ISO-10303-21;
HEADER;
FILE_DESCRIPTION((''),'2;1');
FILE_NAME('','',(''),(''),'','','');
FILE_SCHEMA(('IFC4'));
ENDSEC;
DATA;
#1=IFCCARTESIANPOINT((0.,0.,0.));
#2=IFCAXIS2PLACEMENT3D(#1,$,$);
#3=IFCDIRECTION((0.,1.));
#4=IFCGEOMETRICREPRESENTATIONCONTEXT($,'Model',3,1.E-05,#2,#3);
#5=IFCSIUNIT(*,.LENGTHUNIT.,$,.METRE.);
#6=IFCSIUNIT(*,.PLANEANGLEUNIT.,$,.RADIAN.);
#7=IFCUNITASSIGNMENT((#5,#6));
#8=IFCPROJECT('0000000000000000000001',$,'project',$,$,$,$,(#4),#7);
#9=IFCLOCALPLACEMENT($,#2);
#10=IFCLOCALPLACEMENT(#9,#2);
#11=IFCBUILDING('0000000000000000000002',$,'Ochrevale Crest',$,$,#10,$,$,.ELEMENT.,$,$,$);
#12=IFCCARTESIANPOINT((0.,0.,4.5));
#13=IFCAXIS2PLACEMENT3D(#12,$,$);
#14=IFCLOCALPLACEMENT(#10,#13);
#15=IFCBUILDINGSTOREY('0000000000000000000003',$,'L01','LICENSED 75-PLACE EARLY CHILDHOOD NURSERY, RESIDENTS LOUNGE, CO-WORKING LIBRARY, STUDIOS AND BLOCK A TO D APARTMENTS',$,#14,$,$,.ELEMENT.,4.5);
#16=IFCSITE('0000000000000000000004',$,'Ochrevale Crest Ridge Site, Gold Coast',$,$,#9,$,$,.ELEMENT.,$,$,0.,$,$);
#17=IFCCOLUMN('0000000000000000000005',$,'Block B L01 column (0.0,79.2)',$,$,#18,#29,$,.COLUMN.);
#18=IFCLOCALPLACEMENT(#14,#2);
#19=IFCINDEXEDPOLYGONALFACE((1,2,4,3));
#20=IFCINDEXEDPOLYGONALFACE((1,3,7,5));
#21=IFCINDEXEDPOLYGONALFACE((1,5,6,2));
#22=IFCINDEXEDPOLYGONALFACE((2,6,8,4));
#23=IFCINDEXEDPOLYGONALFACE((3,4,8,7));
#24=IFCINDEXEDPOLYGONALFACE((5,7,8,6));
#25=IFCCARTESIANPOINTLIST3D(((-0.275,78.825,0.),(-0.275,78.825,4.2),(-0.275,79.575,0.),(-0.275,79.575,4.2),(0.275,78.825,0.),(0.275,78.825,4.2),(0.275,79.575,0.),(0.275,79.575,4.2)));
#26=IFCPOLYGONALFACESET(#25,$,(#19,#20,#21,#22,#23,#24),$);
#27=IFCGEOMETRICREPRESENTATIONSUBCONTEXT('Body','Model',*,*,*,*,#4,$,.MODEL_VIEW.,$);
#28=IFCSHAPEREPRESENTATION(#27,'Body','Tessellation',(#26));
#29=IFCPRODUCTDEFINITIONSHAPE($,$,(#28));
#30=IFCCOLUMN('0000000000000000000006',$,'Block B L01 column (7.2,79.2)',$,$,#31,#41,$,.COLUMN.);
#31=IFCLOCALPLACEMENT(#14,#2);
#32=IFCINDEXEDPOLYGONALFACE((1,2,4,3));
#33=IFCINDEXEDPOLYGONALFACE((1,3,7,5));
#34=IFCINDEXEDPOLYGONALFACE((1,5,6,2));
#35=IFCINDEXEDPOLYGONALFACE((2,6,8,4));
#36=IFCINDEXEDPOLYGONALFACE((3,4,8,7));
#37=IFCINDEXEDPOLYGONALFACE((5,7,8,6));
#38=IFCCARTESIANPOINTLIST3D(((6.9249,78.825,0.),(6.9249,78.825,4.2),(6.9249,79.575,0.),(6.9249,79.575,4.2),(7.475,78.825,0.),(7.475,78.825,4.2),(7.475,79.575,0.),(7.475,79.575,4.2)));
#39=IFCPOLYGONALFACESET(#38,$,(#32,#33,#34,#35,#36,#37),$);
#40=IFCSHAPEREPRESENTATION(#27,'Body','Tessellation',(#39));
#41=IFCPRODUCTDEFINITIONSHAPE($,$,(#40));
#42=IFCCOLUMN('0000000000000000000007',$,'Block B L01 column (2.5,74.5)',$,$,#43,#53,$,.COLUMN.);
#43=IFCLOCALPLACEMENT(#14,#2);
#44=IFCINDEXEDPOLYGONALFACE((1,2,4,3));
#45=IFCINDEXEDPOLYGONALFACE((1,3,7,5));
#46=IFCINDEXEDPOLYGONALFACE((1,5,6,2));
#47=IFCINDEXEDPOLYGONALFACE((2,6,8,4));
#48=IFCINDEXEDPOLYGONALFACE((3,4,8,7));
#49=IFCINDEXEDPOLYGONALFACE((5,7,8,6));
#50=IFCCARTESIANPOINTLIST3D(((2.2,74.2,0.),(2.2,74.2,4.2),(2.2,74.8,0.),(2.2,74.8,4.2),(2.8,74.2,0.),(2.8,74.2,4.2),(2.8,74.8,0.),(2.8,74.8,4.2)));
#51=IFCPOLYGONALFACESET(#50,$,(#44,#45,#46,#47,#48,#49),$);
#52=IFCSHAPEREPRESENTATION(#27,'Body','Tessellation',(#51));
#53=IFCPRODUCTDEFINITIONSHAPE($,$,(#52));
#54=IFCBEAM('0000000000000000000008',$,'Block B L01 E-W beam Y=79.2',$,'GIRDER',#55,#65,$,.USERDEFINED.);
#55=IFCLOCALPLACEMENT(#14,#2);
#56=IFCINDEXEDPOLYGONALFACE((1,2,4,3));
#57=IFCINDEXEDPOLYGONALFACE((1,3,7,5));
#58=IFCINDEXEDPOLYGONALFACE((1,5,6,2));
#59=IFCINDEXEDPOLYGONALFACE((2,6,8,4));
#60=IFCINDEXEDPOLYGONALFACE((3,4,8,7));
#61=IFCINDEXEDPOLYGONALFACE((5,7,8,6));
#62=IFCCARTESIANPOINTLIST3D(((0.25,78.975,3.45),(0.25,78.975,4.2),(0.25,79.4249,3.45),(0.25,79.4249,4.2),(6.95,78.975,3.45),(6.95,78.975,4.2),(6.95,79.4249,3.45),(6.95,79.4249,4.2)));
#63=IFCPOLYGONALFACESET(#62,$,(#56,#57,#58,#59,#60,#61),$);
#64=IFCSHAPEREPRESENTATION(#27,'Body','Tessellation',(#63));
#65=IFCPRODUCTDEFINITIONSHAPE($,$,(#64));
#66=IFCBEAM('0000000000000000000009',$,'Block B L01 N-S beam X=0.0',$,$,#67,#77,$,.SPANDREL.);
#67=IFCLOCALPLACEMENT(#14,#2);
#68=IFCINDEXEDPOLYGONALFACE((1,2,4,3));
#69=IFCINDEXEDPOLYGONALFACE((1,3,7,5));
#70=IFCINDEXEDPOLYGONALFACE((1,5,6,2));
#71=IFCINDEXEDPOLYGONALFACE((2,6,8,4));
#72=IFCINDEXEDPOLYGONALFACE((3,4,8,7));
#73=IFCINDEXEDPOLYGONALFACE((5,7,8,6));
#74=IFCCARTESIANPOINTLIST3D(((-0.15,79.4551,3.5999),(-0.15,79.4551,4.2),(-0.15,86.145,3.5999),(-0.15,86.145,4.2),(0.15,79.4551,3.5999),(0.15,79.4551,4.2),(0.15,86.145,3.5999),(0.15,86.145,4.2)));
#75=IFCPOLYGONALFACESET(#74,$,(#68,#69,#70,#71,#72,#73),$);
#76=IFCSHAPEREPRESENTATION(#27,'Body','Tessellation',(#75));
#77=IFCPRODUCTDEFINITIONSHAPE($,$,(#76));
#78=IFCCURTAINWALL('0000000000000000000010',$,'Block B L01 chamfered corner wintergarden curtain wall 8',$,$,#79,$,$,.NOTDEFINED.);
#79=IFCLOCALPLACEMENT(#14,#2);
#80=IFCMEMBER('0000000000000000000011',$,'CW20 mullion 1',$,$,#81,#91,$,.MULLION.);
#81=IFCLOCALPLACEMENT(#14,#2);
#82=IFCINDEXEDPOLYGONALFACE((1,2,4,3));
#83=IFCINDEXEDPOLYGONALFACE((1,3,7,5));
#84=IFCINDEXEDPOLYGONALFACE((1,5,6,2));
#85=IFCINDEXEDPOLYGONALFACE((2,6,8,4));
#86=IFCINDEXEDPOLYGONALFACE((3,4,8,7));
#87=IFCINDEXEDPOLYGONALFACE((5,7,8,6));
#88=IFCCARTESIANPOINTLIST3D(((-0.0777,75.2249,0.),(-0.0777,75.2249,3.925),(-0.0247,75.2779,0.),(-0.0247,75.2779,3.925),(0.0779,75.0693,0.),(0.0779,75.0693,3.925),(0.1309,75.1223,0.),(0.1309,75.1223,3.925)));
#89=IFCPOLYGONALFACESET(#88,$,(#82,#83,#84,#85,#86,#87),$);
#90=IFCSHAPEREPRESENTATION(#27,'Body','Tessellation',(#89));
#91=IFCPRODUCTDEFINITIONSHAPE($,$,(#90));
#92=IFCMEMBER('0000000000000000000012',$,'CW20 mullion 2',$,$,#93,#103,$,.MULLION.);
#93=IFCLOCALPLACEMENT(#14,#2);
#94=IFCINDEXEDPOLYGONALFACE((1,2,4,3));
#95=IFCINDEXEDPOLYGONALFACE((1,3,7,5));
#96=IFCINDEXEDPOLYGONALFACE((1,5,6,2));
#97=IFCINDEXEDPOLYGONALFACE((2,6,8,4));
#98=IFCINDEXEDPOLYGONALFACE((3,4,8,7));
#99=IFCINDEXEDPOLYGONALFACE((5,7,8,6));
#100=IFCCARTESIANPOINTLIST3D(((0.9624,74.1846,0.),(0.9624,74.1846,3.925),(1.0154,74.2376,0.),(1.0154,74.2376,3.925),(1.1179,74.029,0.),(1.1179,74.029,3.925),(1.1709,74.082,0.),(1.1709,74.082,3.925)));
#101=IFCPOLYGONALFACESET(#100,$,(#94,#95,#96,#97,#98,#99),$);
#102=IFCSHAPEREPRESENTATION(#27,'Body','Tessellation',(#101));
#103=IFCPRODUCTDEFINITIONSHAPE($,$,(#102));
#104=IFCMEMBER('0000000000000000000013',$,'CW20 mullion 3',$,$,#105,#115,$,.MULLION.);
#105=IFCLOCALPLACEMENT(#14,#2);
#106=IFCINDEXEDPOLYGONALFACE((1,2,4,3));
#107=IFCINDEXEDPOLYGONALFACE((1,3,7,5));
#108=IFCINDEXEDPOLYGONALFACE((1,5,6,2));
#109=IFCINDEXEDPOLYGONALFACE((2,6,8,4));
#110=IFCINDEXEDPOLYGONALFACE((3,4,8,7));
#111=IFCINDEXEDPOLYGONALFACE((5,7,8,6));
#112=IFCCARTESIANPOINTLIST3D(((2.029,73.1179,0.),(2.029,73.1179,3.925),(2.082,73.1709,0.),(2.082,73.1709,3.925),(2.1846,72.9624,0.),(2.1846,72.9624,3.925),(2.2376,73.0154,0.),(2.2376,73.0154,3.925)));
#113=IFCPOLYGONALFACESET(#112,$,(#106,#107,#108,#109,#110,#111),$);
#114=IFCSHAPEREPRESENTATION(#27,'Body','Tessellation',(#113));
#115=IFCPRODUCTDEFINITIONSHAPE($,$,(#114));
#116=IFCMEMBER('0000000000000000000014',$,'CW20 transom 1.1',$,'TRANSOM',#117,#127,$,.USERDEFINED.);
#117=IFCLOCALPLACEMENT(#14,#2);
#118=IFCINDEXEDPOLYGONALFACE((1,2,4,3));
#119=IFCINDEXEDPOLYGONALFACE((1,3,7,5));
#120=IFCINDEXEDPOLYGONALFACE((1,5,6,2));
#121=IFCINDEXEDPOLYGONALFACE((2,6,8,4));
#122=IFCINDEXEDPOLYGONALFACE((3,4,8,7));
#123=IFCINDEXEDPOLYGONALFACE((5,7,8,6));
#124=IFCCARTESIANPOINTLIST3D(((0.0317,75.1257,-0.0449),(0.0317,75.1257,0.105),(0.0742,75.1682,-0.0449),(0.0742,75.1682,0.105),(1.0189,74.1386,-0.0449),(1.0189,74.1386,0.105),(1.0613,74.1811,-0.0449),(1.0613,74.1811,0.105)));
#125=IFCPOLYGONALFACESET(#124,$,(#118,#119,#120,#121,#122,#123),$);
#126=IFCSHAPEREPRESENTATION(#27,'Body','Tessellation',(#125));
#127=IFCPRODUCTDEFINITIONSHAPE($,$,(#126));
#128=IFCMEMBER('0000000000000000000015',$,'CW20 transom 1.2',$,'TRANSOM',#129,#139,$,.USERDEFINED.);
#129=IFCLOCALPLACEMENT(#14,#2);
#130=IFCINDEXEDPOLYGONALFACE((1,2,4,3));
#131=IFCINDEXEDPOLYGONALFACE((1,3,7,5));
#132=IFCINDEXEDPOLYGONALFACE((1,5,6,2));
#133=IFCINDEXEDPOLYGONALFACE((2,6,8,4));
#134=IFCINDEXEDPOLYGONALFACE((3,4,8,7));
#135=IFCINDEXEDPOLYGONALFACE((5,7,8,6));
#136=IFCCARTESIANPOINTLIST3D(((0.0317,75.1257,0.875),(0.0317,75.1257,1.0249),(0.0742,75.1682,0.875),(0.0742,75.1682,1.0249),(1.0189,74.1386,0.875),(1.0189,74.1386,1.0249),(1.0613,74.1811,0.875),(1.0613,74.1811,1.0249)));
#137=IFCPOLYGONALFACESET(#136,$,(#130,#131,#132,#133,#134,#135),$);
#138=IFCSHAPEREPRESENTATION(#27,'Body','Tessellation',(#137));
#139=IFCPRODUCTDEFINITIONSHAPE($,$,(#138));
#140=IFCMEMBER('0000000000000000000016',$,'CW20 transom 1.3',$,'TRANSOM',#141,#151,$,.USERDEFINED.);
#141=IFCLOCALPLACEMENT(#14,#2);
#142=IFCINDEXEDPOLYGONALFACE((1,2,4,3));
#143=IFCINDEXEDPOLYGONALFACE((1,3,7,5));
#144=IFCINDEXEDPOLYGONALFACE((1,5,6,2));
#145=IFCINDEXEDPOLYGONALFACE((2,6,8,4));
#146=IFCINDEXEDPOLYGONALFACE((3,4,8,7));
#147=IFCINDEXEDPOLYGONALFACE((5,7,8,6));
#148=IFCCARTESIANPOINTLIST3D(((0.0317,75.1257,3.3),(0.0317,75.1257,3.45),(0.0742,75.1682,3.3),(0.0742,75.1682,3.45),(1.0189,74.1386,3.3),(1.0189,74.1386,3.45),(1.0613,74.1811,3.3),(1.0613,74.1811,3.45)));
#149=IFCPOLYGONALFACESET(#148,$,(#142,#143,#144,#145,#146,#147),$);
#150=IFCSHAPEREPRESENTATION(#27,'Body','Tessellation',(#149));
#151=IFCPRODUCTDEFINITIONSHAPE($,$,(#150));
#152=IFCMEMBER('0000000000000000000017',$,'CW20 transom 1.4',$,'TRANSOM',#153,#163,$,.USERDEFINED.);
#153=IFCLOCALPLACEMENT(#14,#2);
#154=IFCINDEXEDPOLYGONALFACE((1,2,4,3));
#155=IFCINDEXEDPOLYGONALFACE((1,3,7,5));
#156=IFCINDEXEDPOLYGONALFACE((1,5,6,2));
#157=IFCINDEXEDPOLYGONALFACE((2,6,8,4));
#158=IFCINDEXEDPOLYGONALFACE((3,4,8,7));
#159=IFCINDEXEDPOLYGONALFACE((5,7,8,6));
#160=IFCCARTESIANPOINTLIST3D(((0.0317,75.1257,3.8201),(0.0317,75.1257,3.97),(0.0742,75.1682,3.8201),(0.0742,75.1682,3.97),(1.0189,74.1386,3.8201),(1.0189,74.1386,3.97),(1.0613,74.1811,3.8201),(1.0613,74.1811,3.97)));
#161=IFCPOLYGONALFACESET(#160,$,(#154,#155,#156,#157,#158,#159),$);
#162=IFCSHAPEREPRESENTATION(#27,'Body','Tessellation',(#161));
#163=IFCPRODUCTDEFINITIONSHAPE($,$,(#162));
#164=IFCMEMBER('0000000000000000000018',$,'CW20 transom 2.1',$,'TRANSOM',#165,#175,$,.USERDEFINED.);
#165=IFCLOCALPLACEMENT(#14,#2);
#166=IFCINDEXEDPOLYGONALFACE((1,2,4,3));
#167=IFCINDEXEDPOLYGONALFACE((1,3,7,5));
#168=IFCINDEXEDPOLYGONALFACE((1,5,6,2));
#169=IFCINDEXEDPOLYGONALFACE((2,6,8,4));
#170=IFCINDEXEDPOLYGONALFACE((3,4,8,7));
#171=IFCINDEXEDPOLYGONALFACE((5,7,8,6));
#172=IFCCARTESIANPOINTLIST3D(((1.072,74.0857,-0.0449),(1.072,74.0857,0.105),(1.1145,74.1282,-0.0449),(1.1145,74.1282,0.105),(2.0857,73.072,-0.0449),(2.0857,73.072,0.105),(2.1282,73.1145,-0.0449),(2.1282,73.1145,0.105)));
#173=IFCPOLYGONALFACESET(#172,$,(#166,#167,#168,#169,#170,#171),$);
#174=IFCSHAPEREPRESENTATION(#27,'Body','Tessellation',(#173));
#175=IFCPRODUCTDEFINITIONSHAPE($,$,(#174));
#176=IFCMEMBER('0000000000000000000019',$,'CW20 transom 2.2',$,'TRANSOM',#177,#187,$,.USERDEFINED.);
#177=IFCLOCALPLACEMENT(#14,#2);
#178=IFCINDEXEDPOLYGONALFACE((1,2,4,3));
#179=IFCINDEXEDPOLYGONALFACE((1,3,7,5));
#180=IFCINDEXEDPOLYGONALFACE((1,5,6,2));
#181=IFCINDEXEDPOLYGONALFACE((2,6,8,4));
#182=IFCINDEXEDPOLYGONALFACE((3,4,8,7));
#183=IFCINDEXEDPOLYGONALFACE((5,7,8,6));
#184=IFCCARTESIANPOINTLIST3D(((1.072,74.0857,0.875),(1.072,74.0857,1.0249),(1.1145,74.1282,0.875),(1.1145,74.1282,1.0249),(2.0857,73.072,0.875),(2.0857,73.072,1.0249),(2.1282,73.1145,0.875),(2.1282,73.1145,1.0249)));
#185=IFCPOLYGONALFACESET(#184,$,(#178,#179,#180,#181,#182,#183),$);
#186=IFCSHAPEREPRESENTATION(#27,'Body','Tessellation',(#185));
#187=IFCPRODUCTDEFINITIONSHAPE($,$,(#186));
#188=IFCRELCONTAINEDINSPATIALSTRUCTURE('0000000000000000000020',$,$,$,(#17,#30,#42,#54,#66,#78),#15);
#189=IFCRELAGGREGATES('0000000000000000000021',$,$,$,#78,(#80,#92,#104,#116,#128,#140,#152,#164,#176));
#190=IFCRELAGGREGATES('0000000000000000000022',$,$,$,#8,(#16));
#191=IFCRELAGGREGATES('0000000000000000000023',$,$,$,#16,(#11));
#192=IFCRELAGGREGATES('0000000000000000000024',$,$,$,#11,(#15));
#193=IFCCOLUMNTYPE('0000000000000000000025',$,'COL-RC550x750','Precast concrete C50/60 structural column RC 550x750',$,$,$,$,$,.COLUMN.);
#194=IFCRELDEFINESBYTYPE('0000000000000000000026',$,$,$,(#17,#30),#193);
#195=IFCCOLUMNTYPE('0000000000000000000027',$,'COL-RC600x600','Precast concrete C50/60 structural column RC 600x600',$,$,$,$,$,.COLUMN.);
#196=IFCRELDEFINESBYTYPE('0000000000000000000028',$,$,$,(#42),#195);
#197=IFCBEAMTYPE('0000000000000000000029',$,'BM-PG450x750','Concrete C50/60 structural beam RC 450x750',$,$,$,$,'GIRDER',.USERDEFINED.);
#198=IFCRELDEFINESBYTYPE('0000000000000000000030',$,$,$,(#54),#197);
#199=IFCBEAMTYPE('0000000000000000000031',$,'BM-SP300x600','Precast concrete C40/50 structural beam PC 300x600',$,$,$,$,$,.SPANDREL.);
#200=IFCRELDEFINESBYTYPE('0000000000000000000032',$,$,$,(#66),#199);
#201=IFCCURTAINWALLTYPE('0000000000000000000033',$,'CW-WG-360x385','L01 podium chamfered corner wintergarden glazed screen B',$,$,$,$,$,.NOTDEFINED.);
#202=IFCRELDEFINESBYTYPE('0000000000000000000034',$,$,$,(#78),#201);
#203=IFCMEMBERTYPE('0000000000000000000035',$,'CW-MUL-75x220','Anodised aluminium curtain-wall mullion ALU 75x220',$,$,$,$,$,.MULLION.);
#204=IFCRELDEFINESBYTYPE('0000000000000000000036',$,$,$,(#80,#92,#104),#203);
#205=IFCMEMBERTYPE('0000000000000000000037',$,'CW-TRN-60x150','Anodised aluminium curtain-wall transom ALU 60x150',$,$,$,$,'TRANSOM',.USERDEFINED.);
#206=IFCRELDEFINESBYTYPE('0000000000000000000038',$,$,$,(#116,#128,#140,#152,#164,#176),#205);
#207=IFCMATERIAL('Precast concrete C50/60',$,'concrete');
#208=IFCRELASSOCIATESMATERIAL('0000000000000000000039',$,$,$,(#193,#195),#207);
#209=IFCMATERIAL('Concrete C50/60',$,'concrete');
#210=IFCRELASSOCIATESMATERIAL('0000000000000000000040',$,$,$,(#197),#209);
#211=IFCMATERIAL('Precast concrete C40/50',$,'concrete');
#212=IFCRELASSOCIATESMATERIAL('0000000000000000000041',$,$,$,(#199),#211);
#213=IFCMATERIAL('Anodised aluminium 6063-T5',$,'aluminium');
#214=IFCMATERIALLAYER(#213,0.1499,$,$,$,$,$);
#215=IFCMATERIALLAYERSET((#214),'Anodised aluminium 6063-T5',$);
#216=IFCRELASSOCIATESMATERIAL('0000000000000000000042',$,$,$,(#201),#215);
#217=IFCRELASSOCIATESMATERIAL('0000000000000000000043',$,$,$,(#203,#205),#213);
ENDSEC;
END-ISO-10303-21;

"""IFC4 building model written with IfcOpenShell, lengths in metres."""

from ifc_helpers import new_model, si_unit, direction, frame, origin, origin_2d, place, context, subcontext, project, spatial, rectangle, extrude, material, layer, layer_set, material_profile, profile_set, type_object, element, aggregate, save


model = new_model("IFC4")

# Units and contexts
model_context = context("Model", 3, precision=1e-05, world=origin(), true_north=direction((0.0, 1.0)))
body_context = subcontext(model_context, "Body", "Model", "MODEL_VIEW")
ifc_project = project(units=[si_unit("LENGTHUNIT", "METRE"), si_unit("PLANEANGLEUNIT", "RADIAN")], contexts=[model_context])

# Site, building, storey
site_placement = place(None, origin())
site = spatial("IfcSite", under=ifc_project, at=site_placement, Name="Ochrevale Crest Ridge Site, Gold Coast", CompositionType="ELEMENT", RefElevation=0.0)
building_placement = place(site_placement, origin())
building = spatial("IfcBuilding", under=site, at=building_placement, Name="Ochrevale Crest", CompositionType="ELEMENT")
storey_placement = place(building_placement, frame((0.0, 0.0, 4.5)))
storey = spatial("IfcBuildingStorey", under=building, at=storey_placement, Name="L01", Description="LICENSED 75-PLACE EARLY CHILDHOOD NURSERY, RESIDENTS LOUNGE, CO-WORKING LIBRARY, STUDIOS AND BLOCK A TO D APARTMENTS", CompositionType="ELEMENT", Elevation=4.5)

# Columns
ifc_material_1 = material(Name="Precast concrete C50/60", Category="concrete")
ifc_material_profile_1 = material_profile(ifc_material_1, rectangle(XDim=0.55, YDim=0.75, at=origin_2d()), Name="RC 550x750")
ifc_profile_set_1 = profile_set([ifc_material_profile_1], Name="Precast concrete C50/60")
column_type_1 = type_object("IfcColumnType", Name="COL-RC550x750", Description="Precast concrete C50/60 structural column RC 550x750", PredefinedType="COLUMN", material=ifc_profile_set_1)
for number, where, z_axis, x_axis, name in (
    (1, (0.0, 79.2, 0.0), (0.0, 0.0, 1.0), (1.0, 0.0, 0.0), "Block B L01 column (0.0,79.2)"),
    (2, (7.2, 79.2, 0.0), (0.0, 0.0, 1.0), (1.0, 0.0, 0.0), "Block B L01 column (7.2,79.2)"),
):
    element("IfcColumn", number, at=place(storey_placement, frame(where, z_axis=z_axis, x_axis=x_axis)), inside=storey, type_object=column_type_1, Name=name, PredefinedType="COLUMN", context=body_context, shape_type="SweptSolid", body=[
        extrude(rectangle(XDim=0.55, YDim=0.75, at=origin_2d()), origin(), (0.0, 0.0, 1.0), 4.2),
    ])
ifc_material_profile_2 = material_profile(ifc_material_1, rectangle(XDim=0.6001, YDim=0.6001, at=origin_2d()), Name="RC 600x600")
ifc_profile_set_2 = profile_set([ifc_material_profile_2], Name="Precast concrete C50/60")
column_type_2 = type_object("IfcColumnType", Name="COL-RC600x600", Description="Precast concrete C50/60 structural column RC 600x600", PredefinedType="COLUMN", material=ifc_profile_set_2)
column_placement = place(storey_placement, frame((2.5, 74.5, 0.0), z_axis=(0.0, 0.0, 1.0), x_axis=(1.0, 0.0, 0.0)))
element("IfcColumn", 3, at=column_placement, inside=storey, type_object=column_type_2, Name="Block B L01 column (2.5,74.5)", PredefinedType="COLUMN", context=body_context, shape_type="SweptSolid", body=[
    extrude(rectangle(XDim=0.6001, YDim=0.6001, at=origin_2d()), origin(), (0.0, 0.0, 1.0), 4.2),
])

# Beams
ifc_material_2 = material(Name="Concrete C50/60", Category="concrete")
ifc_material_profile_3 = material_profile(ifc_material_2, rectangle(XDim=0.45, YDim=0.75, at=origin_2d()), Name="RC 450x750")
ifc_profile_set_3 = profile_set([ifc_material_profile_3], Name="Concrete C50/60")
beam_type_1 = type_object("IfcBeamType", Name="BM-PG450x750", Description="Concrete C50/60 structural beam RC 450x750", ElementType="GIRDER", PredefinedType="USERDEFINED", material=ifc_profile_set_3)
beam_1_placement = place(storey_placement, frame((0.25, 79.2, 3.825), z_axis=(1.0, 0.0, 0.0), x_axis=(0.0, 1.0, 0.0)))
element("IfcBeam", 4, at=beam_1_placement, inside=storey, type_object=beam_type_1, Name="Block B L01 E-W beam Y=79.2", ObjectType="GIRDER", PredefinedType="USERDEFINED", context=body_context, shape_type="SweptSolid", body=[
    extrude(rectangle(XDim=0.45, YDim=0.75, at=origin_2d()), origin(), (0.0, 0.0, 1.0), 6.7),
])
ifc_material_3 = material(Name="Precast concrete C40/50", Category="concrete")
ifc_material_profile_4 = material_profile(ifc_material_3, rectangle(XDim=0.3, YDim=0.6001, at=origin_2d()), Name="PC 300x600")
ifc_profile_set_4 = profile_set([ifc_material_profile_4], Name="Precast concrete C40/50")
beam_type_2 = type_object("IfcBeamType", Name="BM-SP300x600", Description="Precast concrete C40/50 structural beam PC 300x600", PredefinedType="SPANDREL", material=ifc_profile_set_4)
beam_2_placement = place(storey_placement, frame((0.0, 79.4551, 3.8999), z_axis=(0.0, 1.0, 0.0), x_axis=(-1.0, 0.0, 0.0)))
element("IfcBeam", 5, at=beam_2_placement, inside=storey, type_object=beam_type_2, Name="Block B L01 N-S beam X=0.0", PredefinedType="SPANDREL", context=body_context, shape_type="SweptSolid", body=[
    extrude(rectangle(XDim=0.3, YDim=0.6001, at=origin_2d()), origin(), (0.0, 0.0, 1.0), 6.6899),
])

# Curtain wall, members
ifc_material_4 = material(Name="Anodised aluminium 6063-T5", Category="aluminium")
ifc_layer_1 = layer(ifc_material_4, 0.1499)
ifc_layer_set_1 = layer_set([ifc_layer_1], Name="Anodised aluminium 6063-T5")
curtain_wall_type = type_object("IfcCurtainWallType", Name="CW-WG-360x385", Description="L01 podium chamfered corner wintergarden glazed screen B", PredefinedType="NOTDEFINED", material=ifc_layer_set_1)
curtain_wall_placement = place(storey_placement, origin())
curtain_wall = element("IfcCurtainWall", 6, at=curtain_wall_placement, inside=storey, type_object=curtain_wall_type, Name="Block B L01 chamfered corner wintergarden curtain wall 8", PredefinedType="NOTDEFINED")
ifc_material_profile_5 = material_profile(ifc_material_4, rectangle(XDim=0.075, YDim=0.22, at=origin_2d()), Name="ALU 75x220")
ifc_profile_set_5 = profile_set([ifc_material_profile_5], Name="Anodised aluminium 6063-T5")
member_type_1 = type_object("IfcMemberType", Name="CW-MUL-75x220", Description="Anodised aluminium curtain-wall mullion ALU 75x220", PredefinedType="MULLION", material=ifc_profile_set_5)
member_1_placement = place(storey_placement, frame((0.0266, 75.1736, 0.0), z_axis=(0.0, 0.0, 1.0), x_axis=(0.707107, 0.707107, 0.0)))
member_1 = element("IfcMember", 7, at=member_1_placement, type_object=member_type_1, Name="CW20 mullion 1", PredefinedType="MULLION", context=body_context, shape_type="SweptSolid", body=[
    extrude(rectangle(XDim=0.075, YDim=0.22, at=origin_2d()), origin(), (0.0, 0.0, 1.0), 3.925),
])
member_2_placement = place(storey_placement, frame((1.0667, 74.1333, 0.0), z_axis=(0.0, 0.0, 1.0), x_axis=(0.707107, 0.707107, 0.0)))
member_2 = element("IfcMember", 8, at=member_2_placement, type_object=member_type_1, Name="CW20 mullion 2", PredefinedType="MULLION", context=body_context, shape_type="SweptSolid", body=[
    extrude(rectangle(XDim=0.075, YDim=0.22, at=origin_2d()), origin(), (0.0, 0.0, 1.0), 3.925),
])
member_3_placement = place(storey_placement, frame((2.1333, 73.0667, 0.0), z_axis=(0.0, 0.0, 1.0), x_axis=(0.707107, 0.707107, 0.0)))
member_3 = element("IfcMember", 9, at=member_3_placement, type_object=member_type_1, Name="CW20 mullion 3", PredefinedType="MULLION", context=body_context, shape_type="SweptSolid", body=[
    extrude(rectangle(XDim=0.075, YDim=0.22, at=origin_2d()), origin(), (0.0, 0.0, 1.0), 3.925),
])
ifc_material_profile_6 = material_profile(ifc_material_4, rectangle(XDim=0.0601, YDim=0.1499, at=origin_2d()), Name="ALU 60x150")
ifc_profile_set_6 = profile_set([ifc_material_profile_6], Name="Anodised aluminium 6063-T5")
member_type_2 = type_object("IfcMemberType", Name="CW-TRN-60x150", Description="Anodised aluminium curtain-wall transom ALU 60x150", ElementType="TRANSOM", PredefinedType="USERDEFINED", material=ifc_profile_set_6)
member_4_placement = place(storey_placement, frame((0.053, 75.147, 0.03), z_axis=(0.707107, -0.707107, 0.0), x_axis=(0.707107, 0.707107, 0.0)))
member_4 = element("IfcMember", 10, at=member_4_placement, type_object=member_type_2, Name="CW20 transom 1.1", ObjectType="TRANSOM", PredefinedType="USERDEFINED", context=body_context, shape_type="SweptSolid", body=[
    extrude(rectangle(XDim=0.0601, YDim=0.1499, at=origin_2d()), origin(), (0.0, 0.0, 1.0), 1.396),
])
member_5_placement = place(storey_placement, frame((0.053, 75.147, 0.95), z_axis=(0.707107, -0.707107, 0.0), x_axis=(0.707107, 0.707107, 0.0)))
member_5 = element("IfcMember", 11, at=member_5_placement, type_object=member_type_2, Name="CW20 transom 1.2", ObjectType="TRANSOM", PredefinedType="USERDEFINED", context=body_context, shape_type="SweptSolid", body=[
    extrude(rectangle(XDim=0.0601, YDim=0.1499, at=origin_2d()), origin(), (0.0, 0.0, 1.0), 1.396),
])
member_6_placement = place(storey_placement, frame((0.053, 75.147, 3.375), z_axis=(0.707107, -0.707107, 0.0), x_axis=(0.707107, 0.707107, 0.0)))
member_6 = element("IfcMember", 12, at=member_6_placement, type_object=member_type_2, Name="CW20 transom 1.3", ObjectType="TRANSOM", PredefinedType="USERDEFINED", context=body_context, shape_type="SweptSolid", body=[
    extrude(rectangle(XDim=0.0601, YDim=0.1499, at=origin_2d()), origin(), (0.0, 0.0, 1.0), 1.396),
])
member_7_placement = place(storey_placement, frame((0.053, 75.147, 3.895), z_axis=(0.707107, -0.707107, 0.0), x_axis=(0.707107, 0.707107, 0.0)))
member_7 = element("IfcMember", 13, at=member_7_placement, type_object=member_type_2, Name="CW20 transom 1.4", ObjectType="TRANSOM", PredefinedType="USERDEFINED", context=body_context, shape_type="SweptSolid", body=[
    extrude(rectangle(XDim=0.0601, YDim=0.1499, at=origin_2d()), origin(), (0.0, 0.0, 1.0), 1.396),
])
member_8_placement = place(storey_placement, frame((1.0933, 74.1069, 0.03), z_axis=(0.707107, -0.707107, 0.0), x_axis=(0.707107, 0.707107, 0.0)))
member_8 = element("IfcMember", 14, at=member_8_placement, type_object=member_type_2, Name="CW20 transom 2.1", ObjectType="TRANSOM", PredefinedType="USERDEFINED", context=body_context, shape_type="SweptSolid", body=[
    extrude(rectangle(XDim=0.0601, YDim=0.1499, at=origin_2d()), origin(), (0.0, 0.0, 1.0), 1.4336),
])
member_9_placement = place(storey_placement, frame((1.0933, 74.1069, 0.95), z_axis=(0.707107, -0.707107, 0.0), x_axis=(0.707107, 0.707107, 0.0)))
member_9 = element("IfcMember", 15, at=member_9_placement, type_object=member_type_2, Name="CW20 transom 2.2", ObjectType="TRANSOM", PredefinedType="USERDEFINED", context=body_context, shape_type="SweptSolid", body=[
    extrude(rectangle(XDim=0.0601, YDim=0.1499, at=origin_2d()), origin(), (0.0, 0.0, 1.0), 1.4336),
])
aggregate(curtain_wall, [member_1, member_2, member_3, member_4, member_5, member_6, member_7, member_8, member_9])

save(model, "model.ifc")
